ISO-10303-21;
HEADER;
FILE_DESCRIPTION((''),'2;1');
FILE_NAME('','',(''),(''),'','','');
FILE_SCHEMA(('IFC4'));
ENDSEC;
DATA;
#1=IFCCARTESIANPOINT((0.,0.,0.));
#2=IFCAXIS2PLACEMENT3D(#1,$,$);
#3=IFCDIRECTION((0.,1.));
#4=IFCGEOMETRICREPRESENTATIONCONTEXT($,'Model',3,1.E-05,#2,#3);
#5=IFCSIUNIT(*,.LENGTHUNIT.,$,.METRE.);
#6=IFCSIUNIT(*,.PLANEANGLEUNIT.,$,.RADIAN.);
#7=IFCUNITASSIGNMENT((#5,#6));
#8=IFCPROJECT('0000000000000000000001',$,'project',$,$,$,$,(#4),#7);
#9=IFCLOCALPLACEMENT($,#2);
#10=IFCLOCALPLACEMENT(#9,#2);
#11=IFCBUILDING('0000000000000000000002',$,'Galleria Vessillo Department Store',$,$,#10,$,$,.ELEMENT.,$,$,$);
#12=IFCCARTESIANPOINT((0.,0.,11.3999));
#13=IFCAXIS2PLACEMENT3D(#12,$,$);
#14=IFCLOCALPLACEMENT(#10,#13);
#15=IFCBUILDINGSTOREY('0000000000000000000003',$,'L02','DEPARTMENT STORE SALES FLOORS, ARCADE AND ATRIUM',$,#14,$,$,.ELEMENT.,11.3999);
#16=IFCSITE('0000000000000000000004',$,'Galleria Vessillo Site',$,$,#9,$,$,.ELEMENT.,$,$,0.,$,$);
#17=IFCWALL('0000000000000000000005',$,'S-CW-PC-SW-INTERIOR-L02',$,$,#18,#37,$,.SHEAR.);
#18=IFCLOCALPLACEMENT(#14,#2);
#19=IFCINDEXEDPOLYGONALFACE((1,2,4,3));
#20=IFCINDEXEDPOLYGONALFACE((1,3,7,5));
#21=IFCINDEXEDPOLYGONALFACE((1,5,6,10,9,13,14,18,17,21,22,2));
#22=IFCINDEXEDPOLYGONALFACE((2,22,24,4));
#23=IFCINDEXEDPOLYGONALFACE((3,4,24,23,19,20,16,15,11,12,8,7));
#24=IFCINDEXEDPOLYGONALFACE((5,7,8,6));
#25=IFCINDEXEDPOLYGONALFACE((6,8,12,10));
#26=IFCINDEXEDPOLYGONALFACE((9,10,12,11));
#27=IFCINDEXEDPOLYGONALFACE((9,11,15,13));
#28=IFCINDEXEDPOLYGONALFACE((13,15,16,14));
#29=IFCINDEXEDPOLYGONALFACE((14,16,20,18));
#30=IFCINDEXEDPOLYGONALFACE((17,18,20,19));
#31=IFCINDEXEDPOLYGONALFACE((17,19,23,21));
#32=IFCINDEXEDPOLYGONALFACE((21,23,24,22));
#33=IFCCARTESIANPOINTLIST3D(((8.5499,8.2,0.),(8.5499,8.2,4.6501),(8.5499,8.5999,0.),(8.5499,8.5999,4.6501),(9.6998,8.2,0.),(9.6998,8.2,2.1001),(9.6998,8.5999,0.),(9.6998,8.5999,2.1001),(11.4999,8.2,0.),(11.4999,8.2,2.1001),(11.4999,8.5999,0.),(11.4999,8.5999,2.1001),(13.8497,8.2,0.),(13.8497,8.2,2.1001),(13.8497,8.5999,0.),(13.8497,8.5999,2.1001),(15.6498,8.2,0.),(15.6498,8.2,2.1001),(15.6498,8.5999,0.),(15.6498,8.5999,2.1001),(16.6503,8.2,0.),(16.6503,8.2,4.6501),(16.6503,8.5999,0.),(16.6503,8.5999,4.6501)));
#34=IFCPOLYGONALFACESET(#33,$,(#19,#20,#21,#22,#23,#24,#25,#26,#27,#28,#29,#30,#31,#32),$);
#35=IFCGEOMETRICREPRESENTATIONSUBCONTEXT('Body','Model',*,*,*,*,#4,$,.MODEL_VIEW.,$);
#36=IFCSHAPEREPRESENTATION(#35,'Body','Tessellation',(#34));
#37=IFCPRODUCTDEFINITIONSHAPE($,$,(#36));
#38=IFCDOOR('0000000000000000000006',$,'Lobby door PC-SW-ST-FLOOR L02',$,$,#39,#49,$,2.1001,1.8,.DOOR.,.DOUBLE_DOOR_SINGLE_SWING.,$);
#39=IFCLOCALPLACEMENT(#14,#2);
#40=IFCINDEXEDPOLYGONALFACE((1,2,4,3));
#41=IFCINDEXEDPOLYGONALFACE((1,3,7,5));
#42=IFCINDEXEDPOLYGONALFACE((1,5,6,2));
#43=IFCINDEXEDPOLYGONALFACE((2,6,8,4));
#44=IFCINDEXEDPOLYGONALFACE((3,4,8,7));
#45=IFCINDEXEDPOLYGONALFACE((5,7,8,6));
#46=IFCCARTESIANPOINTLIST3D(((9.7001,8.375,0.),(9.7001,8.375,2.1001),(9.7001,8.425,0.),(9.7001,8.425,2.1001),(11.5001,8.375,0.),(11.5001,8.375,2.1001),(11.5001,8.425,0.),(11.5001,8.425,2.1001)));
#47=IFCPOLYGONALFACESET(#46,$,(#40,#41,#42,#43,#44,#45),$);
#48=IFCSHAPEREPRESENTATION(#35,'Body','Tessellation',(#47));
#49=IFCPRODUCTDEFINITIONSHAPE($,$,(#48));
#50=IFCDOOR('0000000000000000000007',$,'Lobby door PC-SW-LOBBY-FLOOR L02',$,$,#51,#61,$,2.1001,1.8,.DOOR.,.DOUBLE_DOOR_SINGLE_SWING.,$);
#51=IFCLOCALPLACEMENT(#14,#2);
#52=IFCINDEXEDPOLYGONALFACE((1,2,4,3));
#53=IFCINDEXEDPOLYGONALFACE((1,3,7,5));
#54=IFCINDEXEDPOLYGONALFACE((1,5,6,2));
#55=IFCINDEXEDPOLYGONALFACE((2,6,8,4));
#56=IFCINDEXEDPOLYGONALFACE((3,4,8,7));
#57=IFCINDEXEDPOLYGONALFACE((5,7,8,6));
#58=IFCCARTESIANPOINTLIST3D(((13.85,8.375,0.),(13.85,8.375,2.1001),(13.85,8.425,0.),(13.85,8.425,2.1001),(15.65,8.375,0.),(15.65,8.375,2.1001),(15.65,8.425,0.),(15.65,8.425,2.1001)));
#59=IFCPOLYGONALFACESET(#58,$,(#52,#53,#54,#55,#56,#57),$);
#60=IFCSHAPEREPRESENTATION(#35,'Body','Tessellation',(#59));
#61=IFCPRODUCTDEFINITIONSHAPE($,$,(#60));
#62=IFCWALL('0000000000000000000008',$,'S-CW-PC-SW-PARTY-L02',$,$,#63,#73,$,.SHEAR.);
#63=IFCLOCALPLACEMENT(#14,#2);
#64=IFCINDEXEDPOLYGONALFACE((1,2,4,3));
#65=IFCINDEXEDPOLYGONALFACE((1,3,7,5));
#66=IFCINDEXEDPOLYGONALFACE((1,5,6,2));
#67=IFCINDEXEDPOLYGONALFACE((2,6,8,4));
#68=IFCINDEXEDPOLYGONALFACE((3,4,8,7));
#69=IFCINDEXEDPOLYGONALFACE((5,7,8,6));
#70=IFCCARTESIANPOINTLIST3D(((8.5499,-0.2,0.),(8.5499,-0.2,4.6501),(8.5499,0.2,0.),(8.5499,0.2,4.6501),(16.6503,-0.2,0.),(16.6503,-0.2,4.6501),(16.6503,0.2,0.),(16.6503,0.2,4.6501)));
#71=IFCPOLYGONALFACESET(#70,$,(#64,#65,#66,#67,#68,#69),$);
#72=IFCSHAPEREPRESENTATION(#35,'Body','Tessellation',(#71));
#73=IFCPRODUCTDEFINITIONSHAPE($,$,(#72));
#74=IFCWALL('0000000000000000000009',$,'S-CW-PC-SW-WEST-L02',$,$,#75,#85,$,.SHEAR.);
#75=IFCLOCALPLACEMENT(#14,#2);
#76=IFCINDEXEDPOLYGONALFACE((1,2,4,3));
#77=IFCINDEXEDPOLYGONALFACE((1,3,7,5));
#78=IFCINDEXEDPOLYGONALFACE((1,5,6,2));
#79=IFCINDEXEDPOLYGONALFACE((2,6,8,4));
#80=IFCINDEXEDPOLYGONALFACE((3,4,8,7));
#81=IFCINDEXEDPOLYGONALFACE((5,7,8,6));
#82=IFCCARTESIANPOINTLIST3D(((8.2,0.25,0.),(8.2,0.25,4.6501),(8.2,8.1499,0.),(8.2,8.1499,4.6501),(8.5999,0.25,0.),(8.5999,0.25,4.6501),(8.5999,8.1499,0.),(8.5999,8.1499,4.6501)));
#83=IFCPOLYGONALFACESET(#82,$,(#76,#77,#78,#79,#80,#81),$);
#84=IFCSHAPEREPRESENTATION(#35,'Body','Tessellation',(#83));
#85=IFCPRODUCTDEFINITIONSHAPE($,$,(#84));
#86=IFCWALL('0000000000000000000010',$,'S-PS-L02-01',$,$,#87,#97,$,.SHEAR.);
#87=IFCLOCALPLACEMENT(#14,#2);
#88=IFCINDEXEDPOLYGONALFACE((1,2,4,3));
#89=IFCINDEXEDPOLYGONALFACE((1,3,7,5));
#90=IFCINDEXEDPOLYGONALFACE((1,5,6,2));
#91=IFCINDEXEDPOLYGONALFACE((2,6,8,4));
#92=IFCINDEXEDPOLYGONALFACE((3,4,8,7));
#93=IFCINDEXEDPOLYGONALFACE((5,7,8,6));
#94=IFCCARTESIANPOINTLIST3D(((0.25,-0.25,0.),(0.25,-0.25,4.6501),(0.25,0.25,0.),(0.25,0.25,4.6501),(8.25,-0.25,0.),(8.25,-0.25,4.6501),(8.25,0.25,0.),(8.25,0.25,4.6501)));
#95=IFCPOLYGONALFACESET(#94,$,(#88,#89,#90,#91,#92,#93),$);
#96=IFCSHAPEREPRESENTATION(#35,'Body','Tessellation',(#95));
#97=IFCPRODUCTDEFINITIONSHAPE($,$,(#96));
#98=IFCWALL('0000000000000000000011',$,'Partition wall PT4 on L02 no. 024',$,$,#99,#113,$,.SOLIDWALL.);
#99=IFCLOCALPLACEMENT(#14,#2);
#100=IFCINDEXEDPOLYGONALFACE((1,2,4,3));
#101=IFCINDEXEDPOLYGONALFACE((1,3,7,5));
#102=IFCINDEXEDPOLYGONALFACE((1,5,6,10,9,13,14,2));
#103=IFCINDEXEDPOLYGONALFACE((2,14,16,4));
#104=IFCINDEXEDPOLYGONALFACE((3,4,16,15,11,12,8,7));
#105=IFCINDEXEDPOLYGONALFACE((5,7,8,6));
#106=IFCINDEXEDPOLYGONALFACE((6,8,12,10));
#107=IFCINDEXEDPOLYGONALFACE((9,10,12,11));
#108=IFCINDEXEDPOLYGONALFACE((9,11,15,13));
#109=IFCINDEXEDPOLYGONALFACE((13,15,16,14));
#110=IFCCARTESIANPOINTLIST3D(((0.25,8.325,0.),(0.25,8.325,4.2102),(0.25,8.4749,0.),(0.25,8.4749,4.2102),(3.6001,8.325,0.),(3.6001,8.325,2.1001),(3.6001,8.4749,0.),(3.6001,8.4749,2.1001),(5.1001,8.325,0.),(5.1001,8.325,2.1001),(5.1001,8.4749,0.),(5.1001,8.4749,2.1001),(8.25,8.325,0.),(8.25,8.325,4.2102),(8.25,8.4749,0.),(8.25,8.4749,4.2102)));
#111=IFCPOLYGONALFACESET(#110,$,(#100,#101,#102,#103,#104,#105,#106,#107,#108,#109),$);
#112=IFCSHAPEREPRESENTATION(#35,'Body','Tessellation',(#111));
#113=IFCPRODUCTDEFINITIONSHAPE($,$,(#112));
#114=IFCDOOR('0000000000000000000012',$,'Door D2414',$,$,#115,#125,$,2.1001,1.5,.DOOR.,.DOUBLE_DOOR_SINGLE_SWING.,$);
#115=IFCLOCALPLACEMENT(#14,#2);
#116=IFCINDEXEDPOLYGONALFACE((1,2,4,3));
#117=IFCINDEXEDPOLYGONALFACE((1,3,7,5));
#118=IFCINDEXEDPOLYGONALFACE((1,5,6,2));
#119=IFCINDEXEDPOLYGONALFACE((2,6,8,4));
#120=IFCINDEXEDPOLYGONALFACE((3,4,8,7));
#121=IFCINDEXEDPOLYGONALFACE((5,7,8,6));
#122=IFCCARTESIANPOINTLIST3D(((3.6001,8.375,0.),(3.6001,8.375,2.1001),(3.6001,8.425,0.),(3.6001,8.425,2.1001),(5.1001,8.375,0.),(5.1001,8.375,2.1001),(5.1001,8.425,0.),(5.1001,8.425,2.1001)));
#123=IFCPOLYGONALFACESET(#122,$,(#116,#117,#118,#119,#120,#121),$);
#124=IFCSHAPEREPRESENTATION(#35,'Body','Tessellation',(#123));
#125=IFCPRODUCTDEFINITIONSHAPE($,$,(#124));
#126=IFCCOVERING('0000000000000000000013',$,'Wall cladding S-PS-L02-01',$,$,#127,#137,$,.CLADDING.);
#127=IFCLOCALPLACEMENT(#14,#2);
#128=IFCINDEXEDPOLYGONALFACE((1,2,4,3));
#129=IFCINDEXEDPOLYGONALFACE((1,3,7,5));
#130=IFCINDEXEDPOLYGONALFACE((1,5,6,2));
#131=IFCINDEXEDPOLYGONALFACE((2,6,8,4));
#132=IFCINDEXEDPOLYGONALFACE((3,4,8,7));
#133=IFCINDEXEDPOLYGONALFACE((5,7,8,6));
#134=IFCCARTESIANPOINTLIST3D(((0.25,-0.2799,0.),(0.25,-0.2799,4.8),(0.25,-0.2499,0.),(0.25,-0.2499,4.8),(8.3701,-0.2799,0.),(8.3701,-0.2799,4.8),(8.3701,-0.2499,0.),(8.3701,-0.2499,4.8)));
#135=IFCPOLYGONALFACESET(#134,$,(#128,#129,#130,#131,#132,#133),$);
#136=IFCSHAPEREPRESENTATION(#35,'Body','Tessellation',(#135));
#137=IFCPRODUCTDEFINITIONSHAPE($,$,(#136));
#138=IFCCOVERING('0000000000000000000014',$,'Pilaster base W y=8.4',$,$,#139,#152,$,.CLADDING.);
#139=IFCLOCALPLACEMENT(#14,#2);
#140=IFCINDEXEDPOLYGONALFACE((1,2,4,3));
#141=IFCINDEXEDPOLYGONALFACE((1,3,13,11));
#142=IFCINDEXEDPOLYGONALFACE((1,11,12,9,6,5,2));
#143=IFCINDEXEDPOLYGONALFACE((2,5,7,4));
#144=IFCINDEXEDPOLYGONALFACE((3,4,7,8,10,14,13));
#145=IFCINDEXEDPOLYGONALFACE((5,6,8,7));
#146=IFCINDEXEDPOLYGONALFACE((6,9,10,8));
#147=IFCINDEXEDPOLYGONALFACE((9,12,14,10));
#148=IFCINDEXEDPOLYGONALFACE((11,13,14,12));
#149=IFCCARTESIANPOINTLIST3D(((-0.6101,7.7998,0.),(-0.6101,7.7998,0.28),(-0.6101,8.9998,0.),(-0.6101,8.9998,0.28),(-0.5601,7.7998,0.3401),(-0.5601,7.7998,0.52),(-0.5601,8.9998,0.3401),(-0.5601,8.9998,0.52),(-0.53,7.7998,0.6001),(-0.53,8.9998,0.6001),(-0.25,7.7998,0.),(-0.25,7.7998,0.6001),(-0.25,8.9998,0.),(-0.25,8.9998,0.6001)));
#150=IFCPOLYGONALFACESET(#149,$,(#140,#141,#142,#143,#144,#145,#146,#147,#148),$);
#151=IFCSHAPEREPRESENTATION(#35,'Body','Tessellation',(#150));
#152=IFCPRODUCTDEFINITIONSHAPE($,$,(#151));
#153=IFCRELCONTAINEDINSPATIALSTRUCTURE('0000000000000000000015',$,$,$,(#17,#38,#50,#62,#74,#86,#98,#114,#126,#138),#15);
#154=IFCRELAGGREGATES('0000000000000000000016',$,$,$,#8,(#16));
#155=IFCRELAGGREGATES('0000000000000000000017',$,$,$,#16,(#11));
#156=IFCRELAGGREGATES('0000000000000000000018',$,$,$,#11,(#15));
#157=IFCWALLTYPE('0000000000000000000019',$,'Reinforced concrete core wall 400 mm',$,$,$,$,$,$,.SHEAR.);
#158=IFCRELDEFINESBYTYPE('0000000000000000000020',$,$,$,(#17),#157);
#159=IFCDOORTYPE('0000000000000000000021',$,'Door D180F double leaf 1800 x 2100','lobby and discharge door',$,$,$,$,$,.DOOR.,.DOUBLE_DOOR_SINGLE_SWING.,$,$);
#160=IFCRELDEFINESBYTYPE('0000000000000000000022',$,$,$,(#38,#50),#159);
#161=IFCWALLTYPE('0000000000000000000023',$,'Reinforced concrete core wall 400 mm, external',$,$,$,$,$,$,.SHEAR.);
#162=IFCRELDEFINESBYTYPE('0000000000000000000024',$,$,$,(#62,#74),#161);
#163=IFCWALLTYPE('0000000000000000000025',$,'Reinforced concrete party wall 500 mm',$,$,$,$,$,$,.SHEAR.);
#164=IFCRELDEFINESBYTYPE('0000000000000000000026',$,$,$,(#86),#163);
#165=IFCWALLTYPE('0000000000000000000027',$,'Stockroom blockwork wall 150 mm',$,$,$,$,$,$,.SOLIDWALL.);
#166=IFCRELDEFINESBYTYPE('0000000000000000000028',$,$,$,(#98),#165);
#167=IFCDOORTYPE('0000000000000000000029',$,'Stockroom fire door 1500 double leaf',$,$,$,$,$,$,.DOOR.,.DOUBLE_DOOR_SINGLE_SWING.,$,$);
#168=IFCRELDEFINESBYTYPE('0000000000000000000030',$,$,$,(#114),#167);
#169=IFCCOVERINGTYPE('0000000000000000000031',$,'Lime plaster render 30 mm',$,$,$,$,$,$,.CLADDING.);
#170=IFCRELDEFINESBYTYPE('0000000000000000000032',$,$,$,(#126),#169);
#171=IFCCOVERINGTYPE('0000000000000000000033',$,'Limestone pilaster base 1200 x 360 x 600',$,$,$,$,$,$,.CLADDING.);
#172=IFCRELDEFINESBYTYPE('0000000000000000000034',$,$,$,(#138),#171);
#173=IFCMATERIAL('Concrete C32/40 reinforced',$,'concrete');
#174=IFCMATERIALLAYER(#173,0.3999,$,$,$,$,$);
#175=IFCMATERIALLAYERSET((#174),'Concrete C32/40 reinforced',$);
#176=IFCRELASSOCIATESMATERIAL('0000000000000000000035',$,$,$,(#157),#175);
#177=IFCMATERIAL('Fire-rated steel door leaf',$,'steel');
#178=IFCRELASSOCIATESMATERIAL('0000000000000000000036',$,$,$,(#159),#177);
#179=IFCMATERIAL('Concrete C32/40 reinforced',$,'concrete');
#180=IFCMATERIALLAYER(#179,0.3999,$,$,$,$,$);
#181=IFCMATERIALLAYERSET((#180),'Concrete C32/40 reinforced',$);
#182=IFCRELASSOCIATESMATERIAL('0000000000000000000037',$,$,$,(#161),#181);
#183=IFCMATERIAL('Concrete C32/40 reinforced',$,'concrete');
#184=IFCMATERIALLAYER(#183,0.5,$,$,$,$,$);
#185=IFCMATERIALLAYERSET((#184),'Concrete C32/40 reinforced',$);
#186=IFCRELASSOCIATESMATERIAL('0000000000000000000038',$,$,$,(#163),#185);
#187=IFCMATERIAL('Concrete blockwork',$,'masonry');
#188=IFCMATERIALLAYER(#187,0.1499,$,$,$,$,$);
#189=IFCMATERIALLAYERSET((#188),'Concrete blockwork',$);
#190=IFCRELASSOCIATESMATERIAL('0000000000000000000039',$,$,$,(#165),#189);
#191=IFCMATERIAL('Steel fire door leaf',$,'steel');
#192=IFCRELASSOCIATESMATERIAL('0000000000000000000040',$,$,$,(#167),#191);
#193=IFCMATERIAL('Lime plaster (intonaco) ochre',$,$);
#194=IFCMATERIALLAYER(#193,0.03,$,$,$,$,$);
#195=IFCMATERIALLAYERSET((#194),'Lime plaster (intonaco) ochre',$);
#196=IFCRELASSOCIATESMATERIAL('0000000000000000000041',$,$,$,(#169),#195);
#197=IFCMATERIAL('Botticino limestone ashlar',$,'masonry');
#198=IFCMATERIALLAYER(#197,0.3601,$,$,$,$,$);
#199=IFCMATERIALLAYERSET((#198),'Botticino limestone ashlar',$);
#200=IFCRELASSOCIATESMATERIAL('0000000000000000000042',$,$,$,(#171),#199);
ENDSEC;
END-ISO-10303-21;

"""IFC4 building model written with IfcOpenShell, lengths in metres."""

from ifc_helpers import new_model, si_unit, direction, frame, frame_2d, origin, origin_2d, place, context, subcontext, project, spatial, polyline, rectangle, outline, extrude, material, layer, layer_set, type_object, element, fill, save


model = new_model("IFC4")

# Units and contexts
model_context = context("Model", 3, precision=1e-05, world=origin(), true_north=direction((0.0, 1.0)))
body_context = subcontext(model_context, "Body", "Model", "MODEL_VIEW")
ifc_project = project(units=[si_unit("LENGTHUNIT", "METRE"), si_unit("PLANEANGLEUNIT", "RADIAN")], contexts=[model_context])

# Site, building, storey
site_placement = place(None, origin())
site = spatial("IfcSite", under=ifc_project, at=site_placement, Name="Galleria Vessillo Site", CompositionType="ELEMENT", RefElevation=0.0)
building_placement = place(site_placement, origin())
building = spatial("IfcBuilding", under=site, at=building_placement, Name="Galleria Vessillo Department Store", CompositionType="ELEMENT")
storey_placement = place(building_placement, frame((0.0, 0.0, 11.3999)))
storey = spatial("IfcBuildingStorey", under=building, at=storey_placement, Name="L02", Description="DEPARTMENT STORE SALES FLOORS, ARCADE AND ATRIUM", CompositionType="ELEMENT", Elevation=11.3999)

# Wall, openings, doors
ifc_material_1 = material(Name="Concrete C32/40 reinforced", Category="concrete")
ifc_layer_1 = layer(ifc_material_1, 0.3999)
ifc_layer_set_1 = layer_set([ifc_layer_1], Name="Concrete C32/40 reinforced")
wall_type_1 = type_object("IfcWallType", Name="Reinforced concrete core wall 400 mm", PredefinedType="SHEAR", material=ifc_layer_set_1)
wall_1_placement = place(storey_placement, frame((8.5498, 8.3999, 0.0), z_axis=(0.0, 0.0, 1.0), x_axis=(1.0, 0.0, 0.0)))
wall_1 = element("IfcWall", 1, at=wall_1_placement, inside=storey, type_object=wall_type_1, Name="S-CW-PC-SW-INTERIOR-L02", PredefinedType="SHEAR", context=body_context, shape_type="SweptSolid", body=[
    extrude(rectangle(XDim=8.1003, YDim=0.3999, at=frame_2d((4.0503, 0.0))), origin(), (0.0, 0.0, 1.0), 4.6501),
])
opening_1_placement = place(wall_1_placement, frame((1.1501, 0.0, 0.0)))
opening_1 = element("IfcOpeningElement", 2, at=opening_1_placement, cuts=wall_1, PredefinedType="OPENING", context=body_context, shape_type="SweptSolid", body=[
    extrude(rectangle(XDim=1.8, YDim=2.1001, at=frame_2d((0.8999, 1.05))), frame((0.0, 0.21, 0.0), z_axis=(0.0, -1.0, 0.0), x_axis=(1.0, 0.0, 0.0)), (0.0, 0.0, 1.0), 0.4199),
])
opening_2_placement = place(wall_1_placement, frame((5.3, 0.0, 0.0)))
opening_2 = element("IfcOpeningElement", 3, at=opening_2_placement, cuts=wall_1, PredefinedType="OPENING", context=body_context, shape_type="SweptSolid", body=[
    extrude(rectangle(XDim=1.8, YDim=2.1001, at=frame_2d((0.8999, 1.05))), frame((0.0, 0.21, 0.0), z_axis=(0.0, -1.0, 0.0), x_axis=(1.0, 0.0, 0.0)), (0.0, 0.0, 1.0), 0.4199),
])
ifc_material_2 = material(Name="Fire-rated steel door leaf", Category="steel")
door_type_1 = type_object("IfcDoorType", Name="Door D180F double leaf 1800 x 2100", Description="lobby and discharge door", OperationType="DOUBLE_DOOR_SINGLE_SWING", PredefinedType="DOOR", material=ifc_material_2)
door_1_placement = place(opening_1_placement, frame((1.8, 0.0, 0.0), z_axis=(0.0, 0.0, 1.0), x_axis=(-1.0, 0.0, 0.0)))
door_1 = element("IfcDoor", 4, at=door_1_placement, inside=storey, type_object=door_type_1, Name="Lobby door PC-SW-ST-FLOOR L02", OperationType="DOUBLE_DOOR_SINGLE_SWING", OverallHeight=2.1001, OverallWidth=1.8, PredefinedType="DOOR", context=body_context, shape_type="SweptSolid", body=[
    extrude(rectangle(XDim=1.8, YDim=2.1001, at=frame_2d((0.8999, 1.05))), frame((0.0, 0.0249, 0.0), z_axis=(0.0, -1.0, 0.0), x_axis=(1.0, 0.0, 0.0)), (0.0, 0.0, 1.0), 0.05),
])
fill(opening_1, door_1)
door_2_placement = place(opening_2_placement, frame((1.8, 0.0, 0.0), z_axis=(0.0, 0.0, 1.0), x_axis=(-1.0, 0.0, 0.0)))
door_2 = element("IfcDoor", 5, at=door_2_placement, inside=storey, type_object=door_type_1, Name="Lobby door PC-SW-LOBBY-FLOOR L02", OperationType="DOUBLE_DOOR_SINGLE_SWING", OverallHeight=2.1001, OverallWidth=1.8, PredefinedType="DOOR", context=body_context, shape_type="SweptSolid", body=[
    extrude(rectangle(XDim=1.8, YDim=2.1001, at=frame_2d((0.8999, 1.05))), frame((0.0, 0.0249, 0.0), z_axis=(0.0, -1.0, 0.0), x_axis=(1.0, 0.0, 0.0)), (0.0, 0.0, 1.0), 0.05),
])
fill(opening_2, door_2)

# Walls
ifc_material_3 = material(Name="Concrete C32/40 reinforced", Category="concrete")
ifc_layer_2 = layer(ifc_material_3, 0.3999)
ifc_layer_set_2 = layer_set([ifc_layer_2], Name="Concrete C32/40 reinforced")
wall_type_2 = type_object("IfcWallType", Name="Reinforced concrete core wall 400 mm, external", PredefinedType="SHEAR", material=ifc_layer_set_2)
wall_2_placement = place(storey_placement, frame((8.5498, 0.0, 0.0), z_axis=(0.0, 0.0, 1.0), x_axis=(1.0, 0.0, 0.0)))
element("IfcWall", 6, at=wall_2_placement, inside=storey, type_object=wall_type_2, Name="S-CW-PC-SW-PARTY-L02", PredefinedType="SHEAR", context=body_context, shape_type="SweptSolid", body=[
    extrude(rectangle(XDim=8.1003, YDim=0.3999, at=frame_2d((4.0503, 0.0))), origin(), (0.0, 0.0, 1.0), 4.6501),
])
wall_3_placement = place(storey_placement, frame((8.3999, 0.25, 0.0), z_axis=(0.0, 0.0, 1.0), x_axis=(0.0, 1.0, 0.0)))
element("IfcWall", 7, at=wall_3_placement, inside=storey, type_object=wall_type_2, Name="S-CW-PC-SW-WEST-L02", PredefinedType="SHEAR", context=body_context, shape_type="SweptSolid", body=[
    extrude(rectangle(XDim=7.8999, YDim=0.3999, at=frame_2d((3.95, 0.0))), origin(), (0.0, 0.0, 1.0), 4.6501),
])
ifc_material_4 = material(Name="Concrete C32/40 reinforced", Category="concrete")
ifc_layer_3 = layer(ifc_material_4, 0.5)
ifc_layer_set_3 = layer_set([ifc_layer_3], Name="Concrete C32/40 reinforced")
wall_type_3 = type_object("IfcWallType", Name="Reinforced concrete party wall 500 mm", PredefinedType="SHEAR", material=ifc_layer_set_3)
wall_4_placement = place(storey_placement, frame((0.25, 0.0, 0.0), z_axis=(0.0, 0.0, 1.0), x_axis=(1.0, 0.0, 0.0)))
element("IfcWall", 8, at=wall_4_placement, inside=storey, type_object=wall_type_3, Name="S-PS-L02-01", PredefinedType="SHEAR", context=body_context, shape_type="SweptSolid", body=[
    extrude(rectangle(XDim=8.0, YDim=0.5, at=frame_2d((4.0, 0.0))), origin(), (0.0, 0.0, 1.0), 4.6501),
])

# Wall, opening, door
ifc_material_5 = material(Name="Concrete blockwork", Category="masonry")
ifc_layer_4 = layer(ifc_material_5, 0.1499)
ifc_layer_set_4 = layer_set([ifc_layer_4], Name="Concrete blockwork")
wall_type_4 = type_object("IfcWallType", Name="Stockroom blockwork wall 150 mm", PredefinedType="SOLIDWALL", material=ifc_layer_set_4)
wall_5_placement = place(storey_placement, frame((0.25, 8.3999, 0.0), z_axis=(0.0, 0.0, 1.0), x_axis=(1.0, 0.0, 0.0)))
wall_5 = element("IfcWall", 9, at=wall_5_placement, inside=storey, type_object=wall_type_4, Name="Partition wall PT4 on L02 no. 024", PredefinedType="SOLIDWALL", context=body_context, shape_type="SweptSolid", body=[
    extrude(rectangle(XDim=8.0, YDim=0.1499, at=frame_2d((4.0, 0.0))), origin(), (0.0, 0.0, 1.0), 4.2102),
])
opening_3_placement = place(wall_5_placement, frame((3.3501, 0.0, 0.0)))
opening_3 = element("IfcOpeningElement", 10, at=opening_3_placement, cuts=wall_5, PredefinedType="OPENING", context=body_context, shape_type="SweptSolid", body=[
    extrude(rectangle(XDim=1.5, YDim=2.1001, at=frame_2d((0.75, 1.05))), frame((0.0, 0.085, 0.0), z_axis=(0.0, -1.0, 0.0), x_axis=(1.0, 0.0, 0.0)), (0.0, 0.0, 1.0), 0.1699),
])
ifc_material_6 = material(Name="Steel fire door leaf", Category="steel")
door_type_2 = type_object("IfcDoorType", Name="Stockroom fire door 1500 double leaf", OperationType="DOUBLE_DOOR_SINGLE_SWING", PredefinedType="DOOR", material=ifc_material_6)
door_3_placement = place(opening_3_placement, frame((1.5, 0.0, 0.0), z_axis=(0.0, 0.0, 1.0), x_axis=(-1.0, 0.0, 0.0)))
door_3 = element("IfcDoor", 11, at=door_3_placement, inside=storey, type_object=door_type_2, Name="Door D2414", OperationType="DOUBLE_DOOR_SINGLE_SWING", OverallHeight=2.1001, OverallWidth=1.5, PredefinedType="DOOR", context=body_context, shape_type="SweptSolid", body=[
    extrude(rectangle(XDim=1.5, YDim=2.1001, at=frame_2d((0.75, 1.05))), frame((0.0, 0.0249, 0.0), z_axis=(0.0, -1.0, 0.0), x_axis=(1.0, 0.0, 0.0)), (0.0, 0.0, 1.0), 0.05),
])
fill(opening_3, door_3)

# Coverings
ifc_material_7 = material(Name="Lime plaster (intonaco) ochre")
ifc_layer_5 = layer(ifc_material_7, 0.03)
ifc_layer_set_5 = layer_set([ifc_layer_5], Name="Lime plaster (intonaco) ochre")
covering_type_1 = type_object("IfcCoveringType", Name="Lime plaster render 30 mm", PredefinedType="CLADDING", material=ifc_layer_set_5)
covering_1_placement = place(storey_placement, frame((4.3101, -0.2649, 0.0), z_axis=(0.0, 0.0, 1.0), x_axis=(1.0, 0.0, 0.0)))
element("IfcCovering", 12, at=covering_1_placement, inside=storey, type_object=covering_type_1, Name="Wall cladding S-PS-L02-01", PredefinedType="CLADDING", context=body_context, shape_type="SweptSolid", body=[
    extrude(rectangle(XDim=8.1201, YDim=0.03, at=origin_2d()), origin(), (0.0, 0.0, 1.0), 4.8),
])
ifc_material_8 = material(Name="Botticino limestone ashlar", Category="masonry")
ifc_layer_6 = layer(ifc_material_8, 0.3601)
ifc_layer_set_6 = layer_set([ifc_layer_6], Name="Botticino limestone ashlar")
covering_type_2 = type_object("IfcCoveringType", Name="Limestone pilaster base 1200 x 360 x 600", PredefinedType="CLADDING", material=ifc_layer_set_6)
covering_2_placement = place(storey_placement, frame((0.0, 7.7998, 0.0), z_axis=(0.0, 1.0, 0.0), x_axis=(-1.0, 0.0, 0.0)))
element("IfcCovering", 13, at=covering_2_placement, inside=storey, type_object=covering_type_2, Name="Pilaster base W y=8.4", PredefinedType="CLADDING", context=body_context, shape_type="SweptSolid", body=[
    extrude(outline(polyline([(0.25, 0.0), (0.6101, 0.0), (0.6101, 0.28), (0.5601, 0.3401), (0.5601, 0.52), (0.53, 0.6001), (0.25, 0.6001), (0.25, 0.0)])), origin(), (0.0, 0.0, 1.0), 1.2),
])

save(model, "model.ifc")
